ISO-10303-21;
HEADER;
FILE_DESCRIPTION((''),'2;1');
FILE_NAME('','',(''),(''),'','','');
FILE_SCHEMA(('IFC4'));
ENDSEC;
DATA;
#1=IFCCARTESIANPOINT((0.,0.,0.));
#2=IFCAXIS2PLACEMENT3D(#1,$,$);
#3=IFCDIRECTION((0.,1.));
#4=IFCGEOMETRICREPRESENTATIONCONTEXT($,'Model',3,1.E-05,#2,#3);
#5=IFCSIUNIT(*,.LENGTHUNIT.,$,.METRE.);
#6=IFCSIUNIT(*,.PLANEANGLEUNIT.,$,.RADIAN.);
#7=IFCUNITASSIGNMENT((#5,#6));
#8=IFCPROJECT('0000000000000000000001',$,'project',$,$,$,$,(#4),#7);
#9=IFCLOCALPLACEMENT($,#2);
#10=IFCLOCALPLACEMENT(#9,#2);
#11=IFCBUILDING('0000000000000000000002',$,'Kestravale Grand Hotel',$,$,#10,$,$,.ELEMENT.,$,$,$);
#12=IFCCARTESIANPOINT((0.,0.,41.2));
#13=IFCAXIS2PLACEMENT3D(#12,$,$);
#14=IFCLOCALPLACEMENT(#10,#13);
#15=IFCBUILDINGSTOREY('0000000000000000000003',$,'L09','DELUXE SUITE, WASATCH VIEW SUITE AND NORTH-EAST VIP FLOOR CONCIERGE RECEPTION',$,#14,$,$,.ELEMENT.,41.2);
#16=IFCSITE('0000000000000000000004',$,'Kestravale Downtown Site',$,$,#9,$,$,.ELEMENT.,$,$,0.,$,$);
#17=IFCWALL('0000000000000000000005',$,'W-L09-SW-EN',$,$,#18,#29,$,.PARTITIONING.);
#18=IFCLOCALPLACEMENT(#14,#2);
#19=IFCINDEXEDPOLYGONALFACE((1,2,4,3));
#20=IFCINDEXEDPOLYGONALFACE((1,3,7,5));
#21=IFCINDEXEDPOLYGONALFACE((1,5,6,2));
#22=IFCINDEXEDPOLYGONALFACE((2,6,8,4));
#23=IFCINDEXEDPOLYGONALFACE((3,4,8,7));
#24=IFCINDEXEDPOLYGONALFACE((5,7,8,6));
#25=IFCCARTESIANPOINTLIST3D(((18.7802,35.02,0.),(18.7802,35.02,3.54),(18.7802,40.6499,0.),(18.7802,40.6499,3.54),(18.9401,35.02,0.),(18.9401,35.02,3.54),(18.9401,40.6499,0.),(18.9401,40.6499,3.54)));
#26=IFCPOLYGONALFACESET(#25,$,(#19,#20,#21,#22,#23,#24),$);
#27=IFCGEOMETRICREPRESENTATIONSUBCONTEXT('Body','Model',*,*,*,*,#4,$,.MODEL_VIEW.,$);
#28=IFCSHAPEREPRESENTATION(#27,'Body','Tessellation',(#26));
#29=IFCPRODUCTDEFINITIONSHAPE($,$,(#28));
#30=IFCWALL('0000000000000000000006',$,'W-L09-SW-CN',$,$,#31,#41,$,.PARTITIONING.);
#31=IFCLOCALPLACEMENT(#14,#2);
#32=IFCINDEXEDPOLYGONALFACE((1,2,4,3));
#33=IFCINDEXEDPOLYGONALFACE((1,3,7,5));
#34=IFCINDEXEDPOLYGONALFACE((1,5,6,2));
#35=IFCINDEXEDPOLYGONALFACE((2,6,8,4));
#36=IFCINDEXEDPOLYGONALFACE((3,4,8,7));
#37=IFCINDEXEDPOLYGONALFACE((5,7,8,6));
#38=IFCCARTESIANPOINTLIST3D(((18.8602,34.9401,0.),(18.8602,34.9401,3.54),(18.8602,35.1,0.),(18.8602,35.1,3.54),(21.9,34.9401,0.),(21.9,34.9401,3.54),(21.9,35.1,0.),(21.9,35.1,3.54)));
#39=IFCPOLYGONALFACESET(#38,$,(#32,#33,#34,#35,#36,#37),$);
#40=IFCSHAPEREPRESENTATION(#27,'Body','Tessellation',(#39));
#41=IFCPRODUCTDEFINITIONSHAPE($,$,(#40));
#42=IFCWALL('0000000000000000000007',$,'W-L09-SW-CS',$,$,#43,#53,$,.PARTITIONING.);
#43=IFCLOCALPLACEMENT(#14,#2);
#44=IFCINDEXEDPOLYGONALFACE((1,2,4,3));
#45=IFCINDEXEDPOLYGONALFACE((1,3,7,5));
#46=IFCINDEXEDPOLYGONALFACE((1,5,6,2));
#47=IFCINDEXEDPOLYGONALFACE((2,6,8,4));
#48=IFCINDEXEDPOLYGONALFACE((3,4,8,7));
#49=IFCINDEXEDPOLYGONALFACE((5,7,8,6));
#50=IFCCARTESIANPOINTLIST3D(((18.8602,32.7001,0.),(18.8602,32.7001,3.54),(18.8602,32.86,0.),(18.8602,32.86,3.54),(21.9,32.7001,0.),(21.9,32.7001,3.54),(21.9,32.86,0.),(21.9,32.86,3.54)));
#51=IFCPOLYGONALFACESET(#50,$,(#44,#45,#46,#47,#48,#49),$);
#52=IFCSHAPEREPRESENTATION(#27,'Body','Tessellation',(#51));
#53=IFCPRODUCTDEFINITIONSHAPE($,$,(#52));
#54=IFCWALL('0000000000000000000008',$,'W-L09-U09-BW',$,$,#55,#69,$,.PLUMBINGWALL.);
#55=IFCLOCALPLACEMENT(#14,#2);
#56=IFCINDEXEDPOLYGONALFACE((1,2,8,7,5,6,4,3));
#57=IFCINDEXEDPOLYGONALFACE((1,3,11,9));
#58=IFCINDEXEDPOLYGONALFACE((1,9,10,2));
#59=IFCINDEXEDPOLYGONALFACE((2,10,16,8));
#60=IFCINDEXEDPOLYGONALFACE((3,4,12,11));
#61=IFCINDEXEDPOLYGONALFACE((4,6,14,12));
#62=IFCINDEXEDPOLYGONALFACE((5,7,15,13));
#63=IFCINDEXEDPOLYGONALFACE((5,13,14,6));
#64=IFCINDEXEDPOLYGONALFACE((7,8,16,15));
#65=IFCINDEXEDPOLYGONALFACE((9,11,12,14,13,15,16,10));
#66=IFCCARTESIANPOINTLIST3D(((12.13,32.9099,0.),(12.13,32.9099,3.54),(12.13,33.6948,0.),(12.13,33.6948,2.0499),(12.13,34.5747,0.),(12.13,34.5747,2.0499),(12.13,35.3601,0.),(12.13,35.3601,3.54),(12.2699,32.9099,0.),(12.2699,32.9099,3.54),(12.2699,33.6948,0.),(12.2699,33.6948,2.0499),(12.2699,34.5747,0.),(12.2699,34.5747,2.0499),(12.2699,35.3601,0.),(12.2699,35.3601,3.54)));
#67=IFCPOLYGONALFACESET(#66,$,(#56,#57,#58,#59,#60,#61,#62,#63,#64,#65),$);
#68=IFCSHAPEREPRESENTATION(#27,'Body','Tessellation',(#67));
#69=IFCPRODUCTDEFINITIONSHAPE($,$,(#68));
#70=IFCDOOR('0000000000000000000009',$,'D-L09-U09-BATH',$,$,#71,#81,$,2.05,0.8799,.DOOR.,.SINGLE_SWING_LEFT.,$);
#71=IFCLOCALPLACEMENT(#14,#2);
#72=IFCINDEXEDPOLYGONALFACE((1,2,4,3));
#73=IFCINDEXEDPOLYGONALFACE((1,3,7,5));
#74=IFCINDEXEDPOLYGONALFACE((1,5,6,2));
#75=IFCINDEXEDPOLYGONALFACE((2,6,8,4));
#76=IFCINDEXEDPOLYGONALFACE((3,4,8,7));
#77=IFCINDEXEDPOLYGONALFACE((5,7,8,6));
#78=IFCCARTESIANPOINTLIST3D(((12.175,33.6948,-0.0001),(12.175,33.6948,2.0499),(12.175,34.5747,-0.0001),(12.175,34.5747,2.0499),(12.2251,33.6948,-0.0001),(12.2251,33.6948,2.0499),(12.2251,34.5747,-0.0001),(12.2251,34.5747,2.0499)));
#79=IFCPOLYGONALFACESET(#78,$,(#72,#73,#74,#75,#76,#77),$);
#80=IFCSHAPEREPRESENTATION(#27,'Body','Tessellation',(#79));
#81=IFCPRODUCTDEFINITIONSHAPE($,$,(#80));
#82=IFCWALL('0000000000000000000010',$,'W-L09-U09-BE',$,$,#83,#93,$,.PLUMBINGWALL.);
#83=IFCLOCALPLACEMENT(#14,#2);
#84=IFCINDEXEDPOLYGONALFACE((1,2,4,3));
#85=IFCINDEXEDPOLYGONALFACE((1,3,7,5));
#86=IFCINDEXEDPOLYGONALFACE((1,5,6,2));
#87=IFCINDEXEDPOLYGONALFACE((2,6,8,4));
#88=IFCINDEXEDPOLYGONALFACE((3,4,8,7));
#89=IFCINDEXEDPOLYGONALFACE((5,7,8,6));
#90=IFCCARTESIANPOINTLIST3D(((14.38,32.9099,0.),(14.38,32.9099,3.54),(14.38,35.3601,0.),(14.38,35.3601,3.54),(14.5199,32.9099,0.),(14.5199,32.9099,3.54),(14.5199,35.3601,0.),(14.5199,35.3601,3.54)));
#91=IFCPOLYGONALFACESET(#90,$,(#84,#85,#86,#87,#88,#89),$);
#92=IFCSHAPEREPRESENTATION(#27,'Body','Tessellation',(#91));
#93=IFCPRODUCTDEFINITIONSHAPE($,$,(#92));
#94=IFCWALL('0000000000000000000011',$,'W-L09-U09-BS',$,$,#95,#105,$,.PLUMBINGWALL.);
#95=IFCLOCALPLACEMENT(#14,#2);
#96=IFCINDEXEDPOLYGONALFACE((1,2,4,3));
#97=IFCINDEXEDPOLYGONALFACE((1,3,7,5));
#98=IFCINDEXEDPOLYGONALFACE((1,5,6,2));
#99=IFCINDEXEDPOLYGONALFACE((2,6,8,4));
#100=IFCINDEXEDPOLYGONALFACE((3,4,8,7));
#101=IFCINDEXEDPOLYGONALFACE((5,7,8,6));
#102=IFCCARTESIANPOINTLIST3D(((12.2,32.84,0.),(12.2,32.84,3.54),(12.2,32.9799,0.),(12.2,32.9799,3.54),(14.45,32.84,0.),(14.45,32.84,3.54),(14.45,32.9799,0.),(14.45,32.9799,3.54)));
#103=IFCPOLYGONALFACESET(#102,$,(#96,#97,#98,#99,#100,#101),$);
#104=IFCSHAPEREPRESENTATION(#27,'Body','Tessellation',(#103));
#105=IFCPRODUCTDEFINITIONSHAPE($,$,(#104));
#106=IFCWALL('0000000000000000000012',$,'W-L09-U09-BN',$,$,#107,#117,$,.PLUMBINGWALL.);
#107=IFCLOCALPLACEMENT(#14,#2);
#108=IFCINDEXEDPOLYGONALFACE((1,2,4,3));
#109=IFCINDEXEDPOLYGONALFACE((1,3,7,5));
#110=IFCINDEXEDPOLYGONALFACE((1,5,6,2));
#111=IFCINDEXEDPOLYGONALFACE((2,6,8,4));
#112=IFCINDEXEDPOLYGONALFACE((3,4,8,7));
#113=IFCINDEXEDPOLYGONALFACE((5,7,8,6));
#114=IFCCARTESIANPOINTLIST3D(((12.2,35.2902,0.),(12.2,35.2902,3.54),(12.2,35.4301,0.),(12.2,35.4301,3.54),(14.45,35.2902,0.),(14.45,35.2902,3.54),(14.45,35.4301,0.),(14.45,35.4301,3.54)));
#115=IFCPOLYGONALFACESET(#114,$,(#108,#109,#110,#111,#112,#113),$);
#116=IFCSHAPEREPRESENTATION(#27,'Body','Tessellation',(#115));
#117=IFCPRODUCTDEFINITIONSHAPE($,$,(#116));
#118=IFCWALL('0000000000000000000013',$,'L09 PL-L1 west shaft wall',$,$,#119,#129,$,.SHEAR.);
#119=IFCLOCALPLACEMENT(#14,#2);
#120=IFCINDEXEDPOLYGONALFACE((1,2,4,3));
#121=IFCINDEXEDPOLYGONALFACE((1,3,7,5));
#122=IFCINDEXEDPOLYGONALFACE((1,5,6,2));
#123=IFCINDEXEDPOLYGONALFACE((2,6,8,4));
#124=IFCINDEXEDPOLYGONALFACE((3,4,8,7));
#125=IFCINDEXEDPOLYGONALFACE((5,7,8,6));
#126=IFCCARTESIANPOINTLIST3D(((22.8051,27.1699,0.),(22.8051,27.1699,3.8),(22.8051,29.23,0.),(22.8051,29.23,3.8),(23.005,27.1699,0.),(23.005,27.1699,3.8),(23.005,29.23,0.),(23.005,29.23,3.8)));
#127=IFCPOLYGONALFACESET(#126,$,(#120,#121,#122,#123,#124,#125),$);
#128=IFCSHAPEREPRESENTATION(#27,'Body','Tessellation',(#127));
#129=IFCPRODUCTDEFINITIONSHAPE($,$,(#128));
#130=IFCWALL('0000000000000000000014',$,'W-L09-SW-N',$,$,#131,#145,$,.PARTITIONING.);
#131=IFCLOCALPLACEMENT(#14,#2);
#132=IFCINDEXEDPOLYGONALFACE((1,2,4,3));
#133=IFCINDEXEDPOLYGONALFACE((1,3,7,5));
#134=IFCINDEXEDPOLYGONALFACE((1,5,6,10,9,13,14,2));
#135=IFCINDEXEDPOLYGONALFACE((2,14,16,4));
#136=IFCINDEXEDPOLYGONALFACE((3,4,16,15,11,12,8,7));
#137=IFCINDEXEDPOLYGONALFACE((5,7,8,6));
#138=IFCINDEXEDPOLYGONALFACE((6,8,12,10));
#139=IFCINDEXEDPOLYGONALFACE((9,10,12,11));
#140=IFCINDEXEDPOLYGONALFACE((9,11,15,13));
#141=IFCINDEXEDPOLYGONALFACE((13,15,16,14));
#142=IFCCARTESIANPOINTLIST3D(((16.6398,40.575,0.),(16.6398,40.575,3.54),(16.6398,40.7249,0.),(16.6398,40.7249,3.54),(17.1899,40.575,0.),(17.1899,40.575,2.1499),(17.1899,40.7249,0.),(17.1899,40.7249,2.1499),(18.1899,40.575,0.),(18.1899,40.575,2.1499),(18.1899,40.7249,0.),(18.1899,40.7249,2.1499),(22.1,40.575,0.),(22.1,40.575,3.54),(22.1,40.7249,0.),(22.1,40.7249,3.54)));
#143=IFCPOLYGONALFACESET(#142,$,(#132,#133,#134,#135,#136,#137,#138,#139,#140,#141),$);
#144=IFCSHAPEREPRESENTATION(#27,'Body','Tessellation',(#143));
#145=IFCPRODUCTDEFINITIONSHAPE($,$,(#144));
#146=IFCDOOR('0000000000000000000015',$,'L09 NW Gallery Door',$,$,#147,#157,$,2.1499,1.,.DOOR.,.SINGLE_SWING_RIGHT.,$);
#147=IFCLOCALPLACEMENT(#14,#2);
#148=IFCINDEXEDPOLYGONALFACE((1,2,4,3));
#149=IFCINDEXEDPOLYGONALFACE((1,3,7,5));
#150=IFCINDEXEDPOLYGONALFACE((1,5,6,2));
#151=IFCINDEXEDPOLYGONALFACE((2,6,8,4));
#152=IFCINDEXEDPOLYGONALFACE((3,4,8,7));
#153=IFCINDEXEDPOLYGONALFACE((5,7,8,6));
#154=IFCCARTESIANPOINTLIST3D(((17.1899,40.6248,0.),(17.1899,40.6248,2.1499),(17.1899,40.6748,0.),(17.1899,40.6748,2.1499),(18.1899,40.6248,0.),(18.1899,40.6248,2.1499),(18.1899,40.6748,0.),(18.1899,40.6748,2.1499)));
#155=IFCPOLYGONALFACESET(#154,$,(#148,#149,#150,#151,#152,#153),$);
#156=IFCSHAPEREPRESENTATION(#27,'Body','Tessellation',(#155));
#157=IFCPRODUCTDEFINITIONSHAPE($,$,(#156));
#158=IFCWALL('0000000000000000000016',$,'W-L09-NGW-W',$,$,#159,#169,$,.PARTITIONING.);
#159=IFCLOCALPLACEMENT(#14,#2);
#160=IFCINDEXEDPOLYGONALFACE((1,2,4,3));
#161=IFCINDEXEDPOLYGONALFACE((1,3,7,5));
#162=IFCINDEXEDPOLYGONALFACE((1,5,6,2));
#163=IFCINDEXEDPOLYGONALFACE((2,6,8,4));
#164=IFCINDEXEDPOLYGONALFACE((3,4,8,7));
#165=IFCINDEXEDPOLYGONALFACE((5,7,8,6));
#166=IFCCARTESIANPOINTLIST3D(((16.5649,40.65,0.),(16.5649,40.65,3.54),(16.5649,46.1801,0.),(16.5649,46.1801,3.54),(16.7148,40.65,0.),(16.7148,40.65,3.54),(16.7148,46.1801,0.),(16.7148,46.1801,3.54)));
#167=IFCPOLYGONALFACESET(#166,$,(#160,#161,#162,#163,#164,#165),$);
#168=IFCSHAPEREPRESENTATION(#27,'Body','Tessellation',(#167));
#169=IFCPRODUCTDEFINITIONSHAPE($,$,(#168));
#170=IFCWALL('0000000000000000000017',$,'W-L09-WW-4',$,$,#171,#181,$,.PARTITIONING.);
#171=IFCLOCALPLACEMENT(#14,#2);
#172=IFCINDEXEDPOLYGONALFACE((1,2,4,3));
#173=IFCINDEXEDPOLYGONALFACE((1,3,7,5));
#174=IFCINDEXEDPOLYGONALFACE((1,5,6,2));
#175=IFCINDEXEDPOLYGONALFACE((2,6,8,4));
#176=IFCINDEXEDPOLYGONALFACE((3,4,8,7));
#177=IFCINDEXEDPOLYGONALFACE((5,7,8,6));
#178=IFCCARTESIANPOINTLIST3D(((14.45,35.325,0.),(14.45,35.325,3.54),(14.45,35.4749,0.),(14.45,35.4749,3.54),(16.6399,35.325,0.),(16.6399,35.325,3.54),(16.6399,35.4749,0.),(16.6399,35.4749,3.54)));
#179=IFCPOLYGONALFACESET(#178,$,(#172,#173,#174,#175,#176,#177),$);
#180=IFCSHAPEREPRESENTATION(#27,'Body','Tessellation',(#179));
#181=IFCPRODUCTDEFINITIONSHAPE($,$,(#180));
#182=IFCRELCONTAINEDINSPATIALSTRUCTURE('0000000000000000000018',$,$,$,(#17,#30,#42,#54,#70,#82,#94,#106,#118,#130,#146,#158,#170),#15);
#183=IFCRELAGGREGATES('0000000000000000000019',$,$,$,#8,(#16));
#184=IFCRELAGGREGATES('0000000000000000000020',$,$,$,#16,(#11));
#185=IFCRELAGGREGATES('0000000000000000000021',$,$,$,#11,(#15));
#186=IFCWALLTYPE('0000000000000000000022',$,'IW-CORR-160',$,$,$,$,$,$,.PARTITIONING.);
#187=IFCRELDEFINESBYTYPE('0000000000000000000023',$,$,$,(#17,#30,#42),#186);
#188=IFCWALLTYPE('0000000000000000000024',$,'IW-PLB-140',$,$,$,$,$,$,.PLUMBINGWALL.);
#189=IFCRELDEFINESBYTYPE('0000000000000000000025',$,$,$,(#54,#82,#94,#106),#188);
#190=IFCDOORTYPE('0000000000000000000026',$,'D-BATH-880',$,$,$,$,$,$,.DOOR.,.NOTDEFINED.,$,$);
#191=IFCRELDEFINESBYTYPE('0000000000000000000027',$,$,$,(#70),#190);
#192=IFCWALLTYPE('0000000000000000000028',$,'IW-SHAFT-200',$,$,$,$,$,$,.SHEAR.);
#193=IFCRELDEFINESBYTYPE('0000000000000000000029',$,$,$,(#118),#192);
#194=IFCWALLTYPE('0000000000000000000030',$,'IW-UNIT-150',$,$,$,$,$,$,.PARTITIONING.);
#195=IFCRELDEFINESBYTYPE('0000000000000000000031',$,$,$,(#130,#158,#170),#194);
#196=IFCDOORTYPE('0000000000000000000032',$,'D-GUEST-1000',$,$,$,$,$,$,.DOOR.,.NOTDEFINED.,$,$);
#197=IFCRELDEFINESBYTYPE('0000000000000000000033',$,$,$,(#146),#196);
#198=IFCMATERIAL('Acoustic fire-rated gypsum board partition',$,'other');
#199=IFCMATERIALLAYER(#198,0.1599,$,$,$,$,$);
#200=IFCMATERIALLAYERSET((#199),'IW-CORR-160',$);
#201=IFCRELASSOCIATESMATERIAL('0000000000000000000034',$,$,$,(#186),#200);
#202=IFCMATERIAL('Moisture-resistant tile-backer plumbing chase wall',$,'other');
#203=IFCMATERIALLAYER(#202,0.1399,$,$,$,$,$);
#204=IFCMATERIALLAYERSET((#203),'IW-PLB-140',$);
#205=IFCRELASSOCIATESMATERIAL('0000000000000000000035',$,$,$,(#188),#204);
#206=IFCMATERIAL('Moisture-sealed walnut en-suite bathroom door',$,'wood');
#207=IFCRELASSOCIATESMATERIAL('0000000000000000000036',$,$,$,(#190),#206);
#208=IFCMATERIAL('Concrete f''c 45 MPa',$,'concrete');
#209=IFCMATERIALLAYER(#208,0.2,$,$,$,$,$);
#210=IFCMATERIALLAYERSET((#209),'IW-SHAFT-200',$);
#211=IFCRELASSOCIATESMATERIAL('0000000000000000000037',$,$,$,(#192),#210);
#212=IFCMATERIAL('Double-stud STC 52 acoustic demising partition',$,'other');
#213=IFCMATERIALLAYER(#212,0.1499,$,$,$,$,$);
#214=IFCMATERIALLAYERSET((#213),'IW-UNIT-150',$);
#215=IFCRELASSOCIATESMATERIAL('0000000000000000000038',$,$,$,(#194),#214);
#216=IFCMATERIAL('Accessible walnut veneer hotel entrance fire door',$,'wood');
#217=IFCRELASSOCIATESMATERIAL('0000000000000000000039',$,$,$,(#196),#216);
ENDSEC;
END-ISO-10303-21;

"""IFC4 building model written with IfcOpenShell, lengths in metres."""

from ifc_helpers import new_model, si_unit, direction, frame, frame_2d, origin, place, context, subcontext, project, spatial, rectangle, extrude, material, layer, layer_set, type_object, element, fill, save


model = new_model("IFC4")

# Units and contexts
model_context = context("Model", 3, precision=1e-05, world=origin(), true_north=direction((0.0, 1.0)))
body_context = subcontext(model_context, "Body", "Model", "MODEL_VIEW")
ifc_project = project(units=[si_unit("LENGTHUNIT", "METRE"), si_unit("PLANEANGLEUNIT", "RADIAN")], contexts=[model_context])

# Site, building, storey
site_placement = place(None, origin())
site = spatial("IfcSite", under=ifc_project, at=site_placement, Name="Kestravale Downtown Site", CompositionType="ELEMENT", RefElevation=0.0)
building_placement = place(site_placement, origin())
building = spatial("IfcBuilding", under=site, at=building_placement, Name="Kestravale Grand Hotel", CompositionType="ELEMENT")
storey_placement = place(building_placement, frame((0.0, 0.0, 41.2)))
storey = spatial("IfcBuildingStorey", under=building, at=storey_placement, Name="L09", Description="DELUXE SUITE, WASATCH VIEW SUITE AND NORTH-EAST VIP FLOOR CONCIERGE RECEPTION", CompositionType="ELEMENT", Elevation=41.2)

# Walls
ifc_material_1 = material(Name="Acoustic fire-rated gypsum board partition", Category="other")
ifc_layer_1 = layer(ifc_material_1, 0.1599)
ifc_layer_set_1 = layer_set([ifc_layer_1], Name="IW-CORR-160")
wall_type_1 = type_object("IfcWallType", Name="IW-CORR-160", PredefinedType="PARTITIONING", material=ifc_layer_set_1)
wall_1_placement = place(storey_placement, frame((18.8601, 35.02, 0.0), z_axis=(0.0, 0.0, 1.0), x_axis=(0.0, 1.0, 0.0)))
element("IfcWall", 1, at=wall_1_placement, inside=storey, type_object=wall_type_1, Name="W-L09-SW-EN", PredefinedType="PARTITIONING", context=body_context, shape_type="SweptSolid", body=[
    extrude(rectangle(XDim=5.6299, YDim=0.1599, at=frame_2d((2.8149, 0.0))), origin(), (0.0, 0.0, 1.0), 3.54),
])
for number, where, z_axis, x_axis, name in (
    (2, (18.8601, 35.02, 0.0), (0.0, 0.0, 1.0), (1.0, 0.0, 0.0), "W-L09-SW-CN"),
    (3, (18.8601, 32.78, 0.0), (0.0, 0.0, 1.0), (1.0, 0.0, 0.0), "W-L09-SW-CS"),
):
    element("IfcWall", number, at=place(storey_placement, frame(where, z_axis=z_axis, x_axis=x_axis)), inside=storey, type_object=wall_type_1, Name=name, PredefinedType="PARTITIONING", context=body_context, shape_type="SweptSolid", body=[
        extrude(rectangle(XDim=3.0398, YDim=0.1599, at=frame_2d((1.52, 0.0))), origin(), (0.0, 0.0, 1.0), 3.54),
    ])

# Wall, opening, door
ifc_material_2 = material(Name="Moisture-resistant tile-backer plumbing chase wall", Category="other")
ifc_layer_2 = layer(ifc_material_2, 0.1399)
ifc_layer_set_2 = layer_set([ifc_layer_2], Name="IW-PLB-140")
wall_type_2 = type_object("IfcWallType", Name="IW-PLB-140", PredefinedType="PLUMBINGWALL", material=ifc_layer_set_2)
wall_2_placement = place(storey_placement, frame((12.2, 32.9099, 0.0), z_axis=(0.0, 0.0, 1.0), x_axis=(0.0, 1.0, 0.0)))
wall_2 = element("IfcWall", 4, at=wall_2_placement, inside=storey, type_object=wall_type_2, Name="W-L09-U09-BW", PredefinedType="PLUMBINGWALL", context=body_context, shape_type="SweptSolid", body=[
    extrude(rectangle(XDim=2.4502, YDim=0.1399, at=frame_2d((1.2251, 0.0))), origin(), (0.0, 0.0, 1.0), 3.54),
])
opening_1_placement = place(wall_2_placement, frame((0.7849, 0.0, 0.0)))
opening_1 = element("IfcOpeningElement", 5, at=opening_1_placement, cuts=wall_2, PredefinedType="OPENING", context=body_context, shape_type="SweptSolid", body=[
    extrude(rectangle(XDim=0.8799, YDim=2.05, at=frame_2d((0.4399, 1.0249))), frame((0.0, 0.0798, 0.0), z_axis=(0.0, -1.0, 0.0), x_axis=(1.0, 0.0, 0.0)), (0.0, 0.0, 1.0), 0.1599),
])
ifc_material_3 = material(Name="Moisture-sealed walnut en-suite bathroom door", Category="wood")
door_type_1 = type_object("IfcDoorType", Name="D-BATH-880", OperationType="NOTDEFINED", PredefinedType="DOOR", material=ifc_material_3)
door_1_placement = place(opening_1_placement, origin())
door_1 = element("IfcDoor", 6, at=door_1_placement, inside=storey, type_object=door_type_1, Name="D-L09-U09-BATH", OperationType="SINGLE_SWING_LEFT", OverallHeight=2.05, OverallWidth=0.8799, PredefinedType="DOOR", context=body_context, shape_type="SweptSolid", body=[
    extrude(rectangle(XDim=0.8799, YDim=2.05, at=frame_2d((0.4399, 1.0249))), frame((0.0, 0.0249, 0.0), z_axis=(0.0, -1.0, 0.0), x_axis=(1.0, 0.0, 0.0)), (0.0, 0.0, 1.0), 0.05),
])
fill(opening_1, door_1)

# Walls
wall_3_placement = place(storey_placement, frame((14.45, 32.9099, 0.0), z_axis=(0.0, 0.0, 1.0), x_axis=(0.0, 1.0, 0.0)))
element("IfcWall", 7, at=wall_3_placement, inside=storey, type_object=wall_type_2, Name="W-L09-U09-BE", PredefinedType="PLUMBINGWALL", context=body_context, shape_type="SweptSolid", body=[
    extrude(rectangle(XDim=2.4502, YDim=0.1399, at=frame_2d((1.2251, 0.0))), origin(), (0.0, 0.0, 1.0), 3.54),
])
for number, where, z_axis, x_axis, name in (
    (8, (12.2, 32.9099, 0.0), (0.0, 0.0, 1.0), (1.0, 0.0, 0.0), "W-L09-U09-BS"),
    (9, (12.2, 35.3601, 0.0), (0.0, 0.0, 1.0), (1.0, 0.0, 0.0), "W-L09-U09-BN"),
):
    element("IfcWall", number, at=place(storey_placement, frame(where, z_axis=z_axis, x_axis=x_axis)), inside=storey, type_object=wall_type_2, Name=name, PredefinedType="PLUMBINGWALL", context=body_context, shape_type="SweptSolid", body=[
        extrude(rectangle(XDim=2.25, YDim=0.1399, at=frame_2d((1.125, 0.0))), origin(), (0.0, 0.0, 1.0), 3.54),
    ])
ifc_material_4 = material(Name="Concrete f'c 45 MPa", Category="concrete")
ifc_layer_3 = layer(ifc_material_4, 0.2)
ifc_layer_set_3 = layer_set([ifc_layer_3], Name="IW-SHAFT-200")
wall_type_3 = type_object("IfcWallType", Name="IW-SHAFT-200", PredefinedType="SHEAR", material=ifc_layer_set_3)
wall_4_placement = place(storey_placement, frame((22.905, 27.1699, 0.0), z_axis=(0.0, 0.0, 1.0), x_axis=(0.0, 1.0, 0.0)))
element("IfcWall", 10, at=wall_4_placement, inside=storey, type_object=wall_type_3, Name="L09 PL-L1 west shaft wall", PredefinedType="SHEAR", context=body_context, shape_type="SweptSolid", body=[
    extrude(rectangle(XDim=2.0601, YDim=0.2, at=frame_2d((1.03, 0.0))), origin(), (0.0, 0.0, 1.0), 3.8),
])

# Wall, opening, door
ifc_material_5 = material(Name="Double-stud STC 52 acoustic demising partition", Category="other")
ifc_layer_4 = layer(ifc_material_5, 0.1499)
ifc_layer_set_4 = layer_set([ifc_layer_4], Name="IW-UNIT-150")
wall_type_4 = type_object("IfcWallType", Name="IW-UNIT-150", PredefinedType="PARTITIONING", material=ifc_layer_set_4)
wall_5_placement = place(storey_placement, frame((16.6399, 40.6499, 0.0), z_axis=(0.0, 0.0, 1.0), x_axis=(1.0, 0.0, 0.0)))
wall_5 = element("IfcWall", 11, at=wall_5_placement, inside=storey, type_object=wall_type_4, Name="W-L09-SW-N", PredefinedType="PARTITIONING", context=body_context, shape_type="SweptSolid", body=[
    extrude(rectangle(XDim=5.4602, YDim=0.1499, at=frame_2d((2.73, 0.0))), origin(), (0.0, 0.0, 1.0), 3.54),
])
opening_2_placement = place(wall_5_placement, frame((0.55, 0.0, 0.0)))
opening_2 = element("IfcOpeningElement", 12, at=opening_2_placement, cuts=wall_5, PredefinedType="OPENING", context=body_context, shape_type="SweptSolid", body=[
    extrude(rectangle(XDim=1.0, YDim=2.1499, at=frame_2d((0.5, 1.075))), frame((0.0, 0.085, 0.0), z_axis=(0.0, -1.0, 0.0), x_axis=(1.0, 0.0, 0.0)), (0.0, 0.0, 1.0), 0.1699),
])
ifc_material_6 = material(Name="Accessible walnut veneer hotel entrance fire door", Category="wood")
door_type_2 = type_object("IfcDoorType", Name="D-GUEST-1000", OperationType="NOTDEFINED", PredefinedType="DOOR", material=ifc_material_6)
door_2_placement = place(opening_2_placement, origin())
door_2 = element("IfcDoor", 13, at=door_2_placement, inside=storey, type_object=door_type_2, Name="L09 NW Gallery Door", OperationType="SINGLE_SWING_RIGHT", OverallHeight=2.1499, OverallWidth=1.0, PredefinedType="DOOR", context=body_context, shape_type="SweptSolid", body=[
    extrude(rectangle(XDim=1.0, YDim=2.1499, at=frame_2d((0.5, 1.075))), frame((0.0, 0.0249, 0.0), z_axis=(0.0, -1.0, 0.0), x_axis=(1.0, 0.0, 0.0)), (0.0, 0.0, 1.0), 0.05),
])
fill(opening_2, door_2)

# Walls
wall_6_placement = place(storey_placement, frame((16.6399, 40.6499, 0.0), z_axis=(0.0, 0.0, 1.0), x_axis=(0.0, 1.0, 0.0)))
element("IfcWall", 14, at=wall_6_placement, inside=storey, type_object=wall_type_4, Name="W-L09-NGW-W", PredefinedType="PARTITIONING", context=body_context, shape_type="SweptSolid", body=[
    extrude(rectangle(XDim=5.53, YDim=0.1499, at=frame_2d((2.7651, 0.0))), origin(), (0.0, 0.0, 1.0), 3.54),
])
wall_7_placement = place(storey_placement, frame((14.45, 35.3999, 0.0), z_axis=(0.0, 0.0, 1.0), x_axis=(1.0, 0.0, 0.0)))
element("IfcWall", 15, at=wall_7_placement, inside=storey, type_object=wall_type_4, Name="W-L09-WW-4", PredefinedType="PARTITIONING", context=body_context, shape_type="SweptSolid", body=[
    extrude(rectangle(XDim=2.1899, YDim=0.1499, at=frame_2d((1.095, 0.0))), origin(), (0.0, 0.0, 1.0), 3.54),
])

save(model, "model.ifc")
